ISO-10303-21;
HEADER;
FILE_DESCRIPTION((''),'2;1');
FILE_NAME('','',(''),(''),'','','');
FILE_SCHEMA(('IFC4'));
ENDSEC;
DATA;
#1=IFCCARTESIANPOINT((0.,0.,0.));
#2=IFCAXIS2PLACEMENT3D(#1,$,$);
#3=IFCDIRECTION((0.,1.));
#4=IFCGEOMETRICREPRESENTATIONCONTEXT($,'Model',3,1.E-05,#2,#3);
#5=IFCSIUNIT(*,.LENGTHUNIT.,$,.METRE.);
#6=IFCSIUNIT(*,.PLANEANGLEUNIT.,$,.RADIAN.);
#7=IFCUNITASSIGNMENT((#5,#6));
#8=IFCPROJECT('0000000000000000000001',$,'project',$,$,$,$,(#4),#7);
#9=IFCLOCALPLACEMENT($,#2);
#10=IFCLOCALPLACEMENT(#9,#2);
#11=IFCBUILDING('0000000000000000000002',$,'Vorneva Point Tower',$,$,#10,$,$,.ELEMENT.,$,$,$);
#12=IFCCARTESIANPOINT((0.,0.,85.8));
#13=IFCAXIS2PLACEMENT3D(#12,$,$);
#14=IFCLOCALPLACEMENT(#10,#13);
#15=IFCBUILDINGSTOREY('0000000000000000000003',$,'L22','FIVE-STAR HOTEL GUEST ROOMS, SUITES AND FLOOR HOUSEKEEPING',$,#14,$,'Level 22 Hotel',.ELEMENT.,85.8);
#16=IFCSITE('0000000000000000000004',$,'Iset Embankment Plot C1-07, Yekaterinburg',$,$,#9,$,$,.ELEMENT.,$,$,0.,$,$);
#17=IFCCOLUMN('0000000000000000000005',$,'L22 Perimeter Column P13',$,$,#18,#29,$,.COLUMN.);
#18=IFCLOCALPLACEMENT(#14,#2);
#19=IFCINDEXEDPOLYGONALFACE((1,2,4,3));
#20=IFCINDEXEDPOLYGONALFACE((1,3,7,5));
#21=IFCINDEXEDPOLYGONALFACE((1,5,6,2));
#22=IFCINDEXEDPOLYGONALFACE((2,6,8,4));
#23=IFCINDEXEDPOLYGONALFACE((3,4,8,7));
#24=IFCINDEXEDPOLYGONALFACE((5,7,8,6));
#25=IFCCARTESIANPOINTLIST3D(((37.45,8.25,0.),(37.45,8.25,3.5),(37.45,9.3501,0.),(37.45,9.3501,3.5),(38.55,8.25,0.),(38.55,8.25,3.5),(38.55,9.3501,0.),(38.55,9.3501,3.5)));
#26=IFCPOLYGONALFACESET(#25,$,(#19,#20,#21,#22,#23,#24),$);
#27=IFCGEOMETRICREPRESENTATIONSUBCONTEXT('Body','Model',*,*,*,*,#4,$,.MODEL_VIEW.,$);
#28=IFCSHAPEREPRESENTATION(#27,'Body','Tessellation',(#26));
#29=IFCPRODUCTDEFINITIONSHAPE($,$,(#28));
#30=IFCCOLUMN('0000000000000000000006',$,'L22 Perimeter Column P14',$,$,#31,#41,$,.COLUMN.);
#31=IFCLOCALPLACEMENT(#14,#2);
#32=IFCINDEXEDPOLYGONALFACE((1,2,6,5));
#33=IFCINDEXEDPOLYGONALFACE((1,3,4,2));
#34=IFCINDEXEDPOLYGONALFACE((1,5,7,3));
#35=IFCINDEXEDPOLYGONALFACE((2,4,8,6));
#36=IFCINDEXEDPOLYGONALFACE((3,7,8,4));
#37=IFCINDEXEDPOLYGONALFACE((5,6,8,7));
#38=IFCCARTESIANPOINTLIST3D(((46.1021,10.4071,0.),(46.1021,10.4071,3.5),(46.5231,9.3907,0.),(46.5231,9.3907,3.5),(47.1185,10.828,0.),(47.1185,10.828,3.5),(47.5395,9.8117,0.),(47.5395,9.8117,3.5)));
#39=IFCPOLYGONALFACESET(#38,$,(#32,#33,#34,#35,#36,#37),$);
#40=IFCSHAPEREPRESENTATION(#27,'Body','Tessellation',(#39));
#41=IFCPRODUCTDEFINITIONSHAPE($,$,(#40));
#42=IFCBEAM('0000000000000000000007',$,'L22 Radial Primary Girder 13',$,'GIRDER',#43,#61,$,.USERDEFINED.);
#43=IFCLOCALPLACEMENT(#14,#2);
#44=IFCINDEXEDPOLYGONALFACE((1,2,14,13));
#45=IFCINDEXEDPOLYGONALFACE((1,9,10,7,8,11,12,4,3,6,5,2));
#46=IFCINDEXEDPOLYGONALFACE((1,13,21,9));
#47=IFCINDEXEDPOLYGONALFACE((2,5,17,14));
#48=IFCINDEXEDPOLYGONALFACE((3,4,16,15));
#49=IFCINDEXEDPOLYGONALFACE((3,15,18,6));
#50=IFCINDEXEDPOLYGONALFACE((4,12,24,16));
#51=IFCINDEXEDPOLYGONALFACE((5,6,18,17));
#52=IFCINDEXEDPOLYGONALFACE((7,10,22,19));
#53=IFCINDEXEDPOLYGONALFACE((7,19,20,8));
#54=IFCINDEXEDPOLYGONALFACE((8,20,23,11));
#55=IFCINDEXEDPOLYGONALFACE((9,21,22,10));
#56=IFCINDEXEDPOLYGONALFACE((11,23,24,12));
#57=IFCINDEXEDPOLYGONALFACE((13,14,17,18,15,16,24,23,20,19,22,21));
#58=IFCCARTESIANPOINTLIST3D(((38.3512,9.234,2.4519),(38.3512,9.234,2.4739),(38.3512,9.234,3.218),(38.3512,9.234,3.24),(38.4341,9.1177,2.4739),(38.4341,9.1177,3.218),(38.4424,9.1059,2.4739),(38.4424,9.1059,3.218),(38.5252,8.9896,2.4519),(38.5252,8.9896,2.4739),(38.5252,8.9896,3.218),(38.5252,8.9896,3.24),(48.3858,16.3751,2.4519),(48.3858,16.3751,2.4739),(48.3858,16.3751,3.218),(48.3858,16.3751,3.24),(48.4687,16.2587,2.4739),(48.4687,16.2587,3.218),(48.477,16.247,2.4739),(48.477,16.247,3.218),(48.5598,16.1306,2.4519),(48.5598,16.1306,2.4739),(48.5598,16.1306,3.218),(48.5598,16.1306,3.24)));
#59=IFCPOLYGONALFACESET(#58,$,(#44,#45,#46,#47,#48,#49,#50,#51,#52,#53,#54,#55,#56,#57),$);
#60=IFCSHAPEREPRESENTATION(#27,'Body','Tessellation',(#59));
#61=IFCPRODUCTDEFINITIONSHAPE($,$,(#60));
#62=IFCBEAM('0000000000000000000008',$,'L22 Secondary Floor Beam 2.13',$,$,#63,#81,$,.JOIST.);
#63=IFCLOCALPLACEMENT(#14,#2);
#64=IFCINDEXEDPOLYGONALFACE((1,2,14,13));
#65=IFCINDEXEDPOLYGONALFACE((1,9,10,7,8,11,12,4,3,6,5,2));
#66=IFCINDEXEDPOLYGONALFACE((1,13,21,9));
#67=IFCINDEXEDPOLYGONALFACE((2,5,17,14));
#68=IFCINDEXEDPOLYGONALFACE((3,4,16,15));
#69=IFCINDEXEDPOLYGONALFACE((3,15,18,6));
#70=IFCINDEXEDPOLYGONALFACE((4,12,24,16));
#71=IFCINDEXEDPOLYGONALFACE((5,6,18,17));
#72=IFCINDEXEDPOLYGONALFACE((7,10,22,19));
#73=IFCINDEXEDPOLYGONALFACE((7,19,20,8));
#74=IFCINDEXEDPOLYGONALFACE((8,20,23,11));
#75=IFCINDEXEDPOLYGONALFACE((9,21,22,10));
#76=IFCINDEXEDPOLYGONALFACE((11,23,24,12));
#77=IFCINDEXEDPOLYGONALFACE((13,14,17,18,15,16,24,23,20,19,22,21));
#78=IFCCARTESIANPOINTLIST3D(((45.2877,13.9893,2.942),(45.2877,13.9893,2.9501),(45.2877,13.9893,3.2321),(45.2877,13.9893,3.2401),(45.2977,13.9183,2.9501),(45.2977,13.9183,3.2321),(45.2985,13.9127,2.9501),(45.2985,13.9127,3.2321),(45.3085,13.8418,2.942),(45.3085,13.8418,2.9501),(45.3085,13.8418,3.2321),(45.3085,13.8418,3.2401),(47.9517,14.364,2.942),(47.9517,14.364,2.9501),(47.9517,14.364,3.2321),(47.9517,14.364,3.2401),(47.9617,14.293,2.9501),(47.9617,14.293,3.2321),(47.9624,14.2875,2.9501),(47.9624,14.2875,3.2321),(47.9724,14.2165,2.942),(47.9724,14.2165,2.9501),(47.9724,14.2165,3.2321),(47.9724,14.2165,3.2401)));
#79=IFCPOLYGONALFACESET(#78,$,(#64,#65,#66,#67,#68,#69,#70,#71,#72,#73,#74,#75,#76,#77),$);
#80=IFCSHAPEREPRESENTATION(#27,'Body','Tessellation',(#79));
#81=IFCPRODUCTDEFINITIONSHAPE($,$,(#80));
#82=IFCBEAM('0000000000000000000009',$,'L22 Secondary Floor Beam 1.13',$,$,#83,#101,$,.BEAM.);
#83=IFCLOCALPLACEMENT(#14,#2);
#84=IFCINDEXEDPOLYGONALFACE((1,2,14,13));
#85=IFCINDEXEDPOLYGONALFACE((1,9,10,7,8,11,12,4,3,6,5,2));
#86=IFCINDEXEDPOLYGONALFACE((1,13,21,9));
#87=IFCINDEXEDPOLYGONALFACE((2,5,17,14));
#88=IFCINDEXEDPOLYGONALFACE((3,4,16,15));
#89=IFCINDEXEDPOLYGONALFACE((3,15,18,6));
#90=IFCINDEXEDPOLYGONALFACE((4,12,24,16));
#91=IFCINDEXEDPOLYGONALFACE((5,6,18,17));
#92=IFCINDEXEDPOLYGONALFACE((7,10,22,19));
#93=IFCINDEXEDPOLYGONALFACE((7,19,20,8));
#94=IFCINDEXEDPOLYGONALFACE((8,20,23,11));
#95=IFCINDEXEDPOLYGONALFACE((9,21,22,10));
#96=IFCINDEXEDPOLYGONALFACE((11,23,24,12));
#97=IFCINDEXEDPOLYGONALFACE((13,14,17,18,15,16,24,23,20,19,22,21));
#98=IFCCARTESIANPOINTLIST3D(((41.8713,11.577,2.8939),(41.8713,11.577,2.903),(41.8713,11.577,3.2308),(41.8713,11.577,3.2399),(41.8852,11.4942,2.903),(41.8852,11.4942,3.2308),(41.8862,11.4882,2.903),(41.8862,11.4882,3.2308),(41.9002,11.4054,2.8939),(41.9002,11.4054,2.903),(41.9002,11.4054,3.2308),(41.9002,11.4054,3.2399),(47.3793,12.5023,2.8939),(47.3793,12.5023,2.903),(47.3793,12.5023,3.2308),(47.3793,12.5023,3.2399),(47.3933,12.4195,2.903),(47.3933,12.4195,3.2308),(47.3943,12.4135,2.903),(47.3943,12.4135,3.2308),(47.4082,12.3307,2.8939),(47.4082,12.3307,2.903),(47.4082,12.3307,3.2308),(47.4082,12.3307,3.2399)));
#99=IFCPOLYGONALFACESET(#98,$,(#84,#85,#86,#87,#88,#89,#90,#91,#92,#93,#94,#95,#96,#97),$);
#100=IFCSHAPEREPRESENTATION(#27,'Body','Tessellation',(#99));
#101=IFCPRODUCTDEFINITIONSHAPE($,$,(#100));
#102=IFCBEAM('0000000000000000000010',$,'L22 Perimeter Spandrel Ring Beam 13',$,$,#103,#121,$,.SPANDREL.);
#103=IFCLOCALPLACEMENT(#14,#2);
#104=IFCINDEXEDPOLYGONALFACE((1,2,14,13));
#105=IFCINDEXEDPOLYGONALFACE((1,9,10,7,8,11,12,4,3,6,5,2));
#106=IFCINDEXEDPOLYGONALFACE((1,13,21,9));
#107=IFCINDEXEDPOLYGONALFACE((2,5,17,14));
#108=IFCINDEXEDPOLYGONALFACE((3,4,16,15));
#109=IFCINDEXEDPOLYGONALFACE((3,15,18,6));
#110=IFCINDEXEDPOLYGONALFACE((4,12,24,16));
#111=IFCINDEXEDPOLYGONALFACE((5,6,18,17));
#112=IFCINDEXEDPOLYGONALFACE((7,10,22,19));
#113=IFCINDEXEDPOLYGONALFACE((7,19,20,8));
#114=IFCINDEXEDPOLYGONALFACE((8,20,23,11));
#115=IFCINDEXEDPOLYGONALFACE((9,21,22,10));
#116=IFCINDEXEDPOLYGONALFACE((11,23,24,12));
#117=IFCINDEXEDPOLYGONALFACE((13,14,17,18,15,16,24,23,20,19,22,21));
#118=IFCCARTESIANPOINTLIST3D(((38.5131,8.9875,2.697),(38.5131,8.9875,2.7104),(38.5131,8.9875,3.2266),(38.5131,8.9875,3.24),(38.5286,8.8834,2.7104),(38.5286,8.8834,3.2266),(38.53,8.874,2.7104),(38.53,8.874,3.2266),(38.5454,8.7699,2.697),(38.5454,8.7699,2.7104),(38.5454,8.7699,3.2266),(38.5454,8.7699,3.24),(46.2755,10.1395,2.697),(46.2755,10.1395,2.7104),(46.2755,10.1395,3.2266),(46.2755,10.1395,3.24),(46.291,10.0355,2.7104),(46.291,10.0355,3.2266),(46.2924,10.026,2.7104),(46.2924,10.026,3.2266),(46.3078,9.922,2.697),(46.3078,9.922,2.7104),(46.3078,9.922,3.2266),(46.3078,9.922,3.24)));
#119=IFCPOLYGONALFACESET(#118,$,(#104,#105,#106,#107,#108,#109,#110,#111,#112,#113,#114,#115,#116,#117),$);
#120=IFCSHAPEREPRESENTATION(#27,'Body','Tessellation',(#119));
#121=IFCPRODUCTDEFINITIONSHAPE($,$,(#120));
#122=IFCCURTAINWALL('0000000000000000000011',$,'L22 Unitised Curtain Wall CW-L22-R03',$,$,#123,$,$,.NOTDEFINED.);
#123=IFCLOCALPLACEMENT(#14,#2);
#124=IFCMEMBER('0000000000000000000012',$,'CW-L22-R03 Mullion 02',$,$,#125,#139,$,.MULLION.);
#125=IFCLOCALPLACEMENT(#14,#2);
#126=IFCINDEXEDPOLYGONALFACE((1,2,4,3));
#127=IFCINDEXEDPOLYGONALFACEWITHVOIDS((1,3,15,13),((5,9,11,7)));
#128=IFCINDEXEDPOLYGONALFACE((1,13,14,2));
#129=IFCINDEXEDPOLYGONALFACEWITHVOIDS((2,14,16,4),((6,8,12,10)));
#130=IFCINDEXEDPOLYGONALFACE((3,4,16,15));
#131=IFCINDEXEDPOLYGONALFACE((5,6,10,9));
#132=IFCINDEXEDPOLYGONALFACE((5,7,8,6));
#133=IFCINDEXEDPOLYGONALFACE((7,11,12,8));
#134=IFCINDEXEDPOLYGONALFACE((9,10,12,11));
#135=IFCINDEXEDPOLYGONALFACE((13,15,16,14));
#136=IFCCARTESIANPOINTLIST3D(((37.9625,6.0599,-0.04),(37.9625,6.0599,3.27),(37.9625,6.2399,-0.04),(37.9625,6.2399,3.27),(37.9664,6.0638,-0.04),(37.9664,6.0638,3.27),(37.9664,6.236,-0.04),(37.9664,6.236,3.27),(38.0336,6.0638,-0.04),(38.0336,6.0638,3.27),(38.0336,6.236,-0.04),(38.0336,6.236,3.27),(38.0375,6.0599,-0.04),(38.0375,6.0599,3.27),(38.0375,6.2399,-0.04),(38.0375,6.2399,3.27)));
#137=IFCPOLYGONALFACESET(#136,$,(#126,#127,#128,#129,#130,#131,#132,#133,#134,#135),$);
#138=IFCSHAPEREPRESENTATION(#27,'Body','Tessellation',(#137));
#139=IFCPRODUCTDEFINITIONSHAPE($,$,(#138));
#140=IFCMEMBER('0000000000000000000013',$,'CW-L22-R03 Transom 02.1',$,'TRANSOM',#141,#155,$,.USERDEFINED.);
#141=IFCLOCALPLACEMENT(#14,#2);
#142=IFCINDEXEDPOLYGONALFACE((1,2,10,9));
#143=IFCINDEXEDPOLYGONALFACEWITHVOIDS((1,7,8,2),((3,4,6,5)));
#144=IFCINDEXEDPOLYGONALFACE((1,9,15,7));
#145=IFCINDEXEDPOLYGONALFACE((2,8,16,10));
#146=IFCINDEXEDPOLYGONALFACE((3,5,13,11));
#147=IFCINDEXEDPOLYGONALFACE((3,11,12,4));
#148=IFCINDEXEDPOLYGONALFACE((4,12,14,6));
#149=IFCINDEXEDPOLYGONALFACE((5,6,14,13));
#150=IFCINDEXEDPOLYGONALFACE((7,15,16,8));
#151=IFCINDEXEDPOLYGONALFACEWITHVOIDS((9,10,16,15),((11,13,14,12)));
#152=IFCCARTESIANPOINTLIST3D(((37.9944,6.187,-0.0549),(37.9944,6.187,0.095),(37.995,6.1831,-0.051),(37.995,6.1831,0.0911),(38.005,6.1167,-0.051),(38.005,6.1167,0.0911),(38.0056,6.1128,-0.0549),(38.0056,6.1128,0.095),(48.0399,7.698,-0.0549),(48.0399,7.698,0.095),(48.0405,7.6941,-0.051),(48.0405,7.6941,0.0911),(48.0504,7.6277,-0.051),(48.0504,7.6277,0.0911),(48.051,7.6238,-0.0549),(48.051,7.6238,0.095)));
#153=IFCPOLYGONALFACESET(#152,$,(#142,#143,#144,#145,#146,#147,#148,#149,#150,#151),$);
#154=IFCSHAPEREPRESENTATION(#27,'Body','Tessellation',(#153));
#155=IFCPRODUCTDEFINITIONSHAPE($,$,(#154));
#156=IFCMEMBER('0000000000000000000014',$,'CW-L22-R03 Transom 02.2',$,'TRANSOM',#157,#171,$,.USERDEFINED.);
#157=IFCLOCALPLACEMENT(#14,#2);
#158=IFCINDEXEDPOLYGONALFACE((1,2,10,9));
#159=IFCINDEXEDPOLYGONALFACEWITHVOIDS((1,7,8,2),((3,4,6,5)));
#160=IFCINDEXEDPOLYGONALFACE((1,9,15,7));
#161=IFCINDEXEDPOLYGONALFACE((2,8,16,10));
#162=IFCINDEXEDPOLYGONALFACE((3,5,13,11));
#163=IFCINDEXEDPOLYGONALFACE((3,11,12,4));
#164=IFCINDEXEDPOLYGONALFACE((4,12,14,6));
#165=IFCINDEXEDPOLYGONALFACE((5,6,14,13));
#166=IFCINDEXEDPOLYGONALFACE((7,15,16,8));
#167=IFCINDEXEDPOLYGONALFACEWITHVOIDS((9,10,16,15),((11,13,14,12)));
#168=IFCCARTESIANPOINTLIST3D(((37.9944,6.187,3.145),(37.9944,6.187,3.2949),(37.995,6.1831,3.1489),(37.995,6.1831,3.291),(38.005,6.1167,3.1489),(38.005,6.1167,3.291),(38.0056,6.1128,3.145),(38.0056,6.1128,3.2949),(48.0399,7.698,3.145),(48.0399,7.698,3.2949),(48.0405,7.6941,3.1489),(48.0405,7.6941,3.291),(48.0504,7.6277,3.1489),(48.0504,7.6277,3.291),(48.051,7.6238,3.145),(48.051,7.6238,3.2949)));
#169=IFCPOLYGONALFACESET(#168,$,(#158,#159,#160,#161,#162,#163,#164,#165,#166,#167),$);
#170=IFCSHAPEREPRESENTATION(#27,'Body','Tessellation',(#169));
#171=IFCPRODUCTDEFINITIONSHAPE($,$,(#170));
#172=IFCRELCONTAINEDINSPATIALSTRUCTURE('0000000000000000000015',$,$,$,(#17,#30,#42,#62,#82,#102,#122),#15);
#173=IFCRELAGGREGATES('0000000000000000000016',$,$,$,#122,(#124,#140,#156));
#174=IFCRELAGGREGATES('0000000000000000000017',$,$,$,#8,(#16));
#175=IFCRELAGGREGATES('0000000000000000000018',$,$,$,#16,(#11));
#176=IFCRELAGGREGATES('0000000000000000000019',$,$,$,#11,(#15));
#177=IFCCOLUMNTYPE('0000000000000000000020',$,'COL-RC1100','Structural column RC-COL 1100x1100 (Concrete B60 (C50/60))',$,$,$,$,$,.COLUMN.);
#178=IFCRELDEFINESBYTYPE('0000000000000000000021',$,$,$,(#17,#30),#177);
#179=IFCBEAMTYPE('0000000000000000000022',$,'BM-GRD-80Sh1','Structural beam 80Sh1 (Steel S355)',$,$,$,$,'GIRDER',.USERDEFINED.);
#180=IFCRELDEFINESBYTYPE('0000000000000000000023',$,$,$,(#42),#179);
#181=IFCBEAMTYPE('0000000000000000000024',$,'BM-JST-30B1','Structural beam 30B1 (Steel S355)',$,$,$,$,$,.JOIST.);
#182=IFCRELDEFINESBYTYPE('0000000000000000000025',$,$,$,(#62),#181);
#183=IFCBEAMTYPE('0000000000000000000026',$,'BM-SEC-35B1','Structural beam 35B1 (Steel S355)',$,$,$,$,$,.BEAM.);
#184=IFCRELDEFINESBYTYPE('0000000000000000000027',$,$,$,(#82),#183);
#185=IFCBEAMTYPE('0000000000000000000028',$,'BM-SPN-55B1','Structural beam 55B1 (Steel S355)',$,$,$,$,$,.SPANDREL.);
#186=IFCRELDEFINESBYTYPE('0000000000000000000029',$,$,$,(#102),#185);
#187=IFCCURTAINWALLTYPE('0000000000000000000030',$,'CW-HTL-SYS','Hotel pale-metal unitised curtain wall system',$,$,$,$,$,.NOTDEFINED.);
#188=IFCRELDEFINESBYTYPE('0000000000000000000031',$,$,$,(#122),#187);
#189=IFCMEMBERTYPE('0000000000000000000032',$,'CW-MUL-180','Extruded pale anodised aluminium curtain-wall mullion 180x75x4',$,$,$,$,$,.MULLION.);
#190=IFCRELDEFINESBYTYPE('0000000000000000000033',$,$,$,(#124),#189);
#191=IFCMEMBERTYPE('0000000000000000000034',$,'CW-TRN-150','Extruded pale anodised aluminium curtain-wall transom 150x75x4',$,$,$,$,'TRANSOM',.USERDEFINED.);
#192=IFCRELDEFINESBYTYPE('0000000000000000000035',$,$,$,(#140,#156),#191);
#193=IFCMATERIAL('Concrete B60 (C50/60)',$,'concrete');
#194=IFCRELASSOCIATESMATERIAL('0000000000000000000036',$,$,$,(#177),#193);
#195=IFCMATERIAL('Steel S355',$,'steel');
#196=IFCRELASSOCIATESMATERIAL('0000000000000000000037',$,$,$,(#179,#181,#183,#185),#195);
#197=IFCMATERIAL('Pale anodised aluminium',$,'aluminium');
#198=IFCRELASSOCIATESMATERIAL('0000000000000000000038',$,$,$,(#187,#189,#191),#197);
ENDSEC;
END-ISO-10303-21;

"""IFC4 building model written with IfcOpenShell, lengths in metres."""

from ifc_helpers import new_model, si_unit, direction, frame, origin, origin_2d, place, context, subcontext, project, spatial, rectangle, hollow_rectangle, i_section, extrude, material, material_profile, profile_set, type_object, element, aggregate, save


model = new_model("IFC4")

# Units and contexts
model_context = context("Model", 3, precision=1e-05, world=origin(), true_north=direction((0.0, 1.0)))
body_context = subcontext(model_context, "Body", "Model", "MODEL_VIEW")
ifc_project = project(units=[si_unit("LENGTHUNIT", "METRE"), si_unit("PLANEANGLEUNIT", "RADIAN")], contexts=[model_context])

# Site, building, storey
site_placement = place(None, origin())
site = spatial("IfcSite", under=ifc_project, at=site_placement, Name="Iset Embankment Plot C1-07, Yekaterinburg", CompositionType="ELEMENT", RefElevation=0.0)
building_placement = place(site_placement, origin())
building = spatial("IfcBuilding", under=site, at=building_placement, Name="Vorneva Point Tower", CompositionType="ELEMENT")
storey_placement = place(building_placement, frame((0.0, 0.0, 85.8)))
storey = spatial("IfcBuildingStorey", under=building, at=storey_placement, Name="L22", Description="FIVE-STAR HOTEL GUEST ROOMS, SUITES AND FLOOR HOUSEKEEPING", LongName="Level 22 Hotel", CompositionType="ELEMENT", Elevation=85.8)

# Columns
ifc_material_1 = material(Name="Concrete B60 (C50/60)", Category="concrete")
ifc_material_profile_1 = material_profile(ifc_material_1, rectangle(XDim=1.1001, YDim=1.1001, at=origin_2d()), Name="RC-COL 1100x1100")
ifc_profile_set_1 = profile_set([ifc_material_profile_1], Name="Concrete B60 (C50/60)")
column_type = type_object("IfcColumnType", Name="COL-RC1100", Description="Structural column RC-COL 1100x1100 (Concrete B60 (C50/60))", PredefinedType="COLUMN", material=ifc_profile_set_1)
for number, where, z_axis, x_axis, name in (
    (1, (38.0, 8.8, 0.0), (0.0, 0.0, 1.0), (0.0, -1.0, 0.0), "L22 Perimeter Column P13"),
    (2, (46.8208, 10.1094, 0.0), (0.0, 0.0, 1.0), (0.382683, -0.92388, 0.0), "L22 Perimeter Column P14"),
):
    element("IfcColumn", number, at=place(storey_placement, frame(where, z_axis=z_axis, x_axis=x_axis)), inside=storey, type_object=column_type, Name=name, PredefinedType="COLUMN", context=body_context, shape_type="SweptSolid", body=[
        extrude(rectangle(XDim=1.1001, YDim=1.1001, at=origin_2d()), origin(), (0.0, 0.0, 1.0), 3.5),
    ])

# Beams
ifc_material_2 = material(Name="Steel S355", Category="steel")
ifc_material_profile_2 = material_profile(ifc_material_2, i_section(OverallWidth=0.3, OverallDepth=0.7881, WebThickness=0.0144, FlangeThickness=0.022, at=origin_2d()), Name="80Sh1")
ifc_profile_set_2 = profile_set([ifc_material_profile_2], Name="Steel S355")
beam_type_1 = type_object("IfcBeamType", Name="BM-GRD-80Sh1", Description="Structural beam 80Sh1 (Steel S355)", ElementType="GIRDER", PredefinedType="USERDEFINED", material=ifc_profile_set_2)
beam_1_placement = place(storey_placement, frame((38.4382, 9.1118, 2.8459), z_axis=(0.81475, 0.579812, 0.0), x_axis=(-0.579812, 0.81475, 0.0)))
element("IfcBeam", 3, at=beam_1_placement, inside=storey, type_object=beam_type_1, Name="L22 Radial Primary Girder 13", ObjectType="GIRDER", PredefinedType="USERDEFINED", context=body_context, shape_type="SweptSolid", body=[
    extrude(i_section(OverallWidth=0.3, OverallDepth=0.7881, WebThickness=0.0144, FlangeThickness=0.022, at=origin_2d()), origin(), (0.0, 0.0, 1.0), 12.3162),
])
ifc_material_profile_3 = material_profile(ifc_material_2, i_section(OverallWidth=0.1489, OverallDepth=0.2981, WebThickness=0.0056, FlangeThickness=0.0081, at=origin_2d()), Name="30B1")
ifc_profile_set_3 = profile_set([ifc_material_profile_3], Name="Steel S355")
beam_type_2 = type_object("IfcBeamType", Name="BM-JST-30B1", Description="Structural beam 30B1 (Steel S355)", PredefinedType="JOIST", material=ifc_profile_set_3)
beam_2_placement = place(storey_placement, frame((45.2981, 13.9155, 3.0911), z_axis=(0.99025, 0.139299, 0.0), x_axis=(-0.139299, 0.99025, 0.0)))
element("IfcBeam", 4, at=beam_2_placement, inside=storey, type_object=beam_type_2, Name="L22 Secondary Floor Beam 2.13", PredefinedType="JOIST", context=body_context, shape_type="SweptSolid", body=[
    extrude(i_section(OverallWidth=0.1489, OverallDepth=0.2981, WebThickness=0.0056, FlangeThickness=0.0081, at=origin_2d()), origin(), (0.0, 0.0, 1.0), 2.6902),
])
ifc_material_profile_4 = material_profile(ifc_material_2, i_section(OverallWidth=0.1741, OverallDepth=0.3459, WebThickness=0.0061, FlangeThickness=0.009, at=origin_2d()), Name="35B1")
ifc_profile_set_4 = profile_set([ifc_material_profile_4], Name="Steel S355")
beam_type_3 = type_object("IfcBeamType", Name="BM-SEC-35B1", Description="Structural beam 35B1 (Steel S355)", PredefinedType="BEAM", material=ifc_profile_set_4)
beam_3_placement = place(storey_placement, frame((41.8857, 11.4912, 3.0669), z_axis=(0.986182, 0.165668, 0.0), x_axis=(-0.165668, 0.986182, 0.0)))
element("IfcBeam", 5, at=beam_3_placement, inside=storey, type_object=beam_type_3, Name="L22 Secondary Floor Beam 1.13", PredefinedType="BEAM", context=body_context, shape_type="SweptSolid", body=[
    extrude(i_section(OverallWidth=0.1741, OverallDepth=0.3459, WebThickness=0.0061, FlangeThickness=0.009, at=origin_2d()), origin(), (0.0, 0.0, 1.0), 5.5852),
])
ifc_material_profile_5 = material_profile(ifc_material_2, i_section(OverallWidth=0.22, OverallDepth=0.543, WebThickness=0.0095, FlangeThickness=0.0134, at=origin_2d()), Name="55B1")
ifc_profile_set_5 = profile_set([ifc_material_profile_5], Name="Steel S355")
beam_type_4 = type_object("IfcBeamType", Name="BM-SPN-55B1", Description="Structural beam 55B1 (Steel S355)", PredefinedType="SPANDREL", material=ifc_profile_set_5)
beam_4_placement = place(storey_placement, frame((38.5293, 8.8787, 2.9685), z_axis=(0.989165, 0.146811, 0.0), x_axis=(-0.146811, 0.989165, 0.0)))
element("IfcBeam", 6, at=beam_4_placement, inside=storey, type_object=beam_type_4, Name="L22 Perimeter Spandrel Ring Beam 13", PredefinedType="SPANDREL", context=body_context, shape_type="SweptSolid", body=[
    extrude(i_section(OverallWidth=0.22, OverallDepth=0.543, WebThickness=0.0095, FlangeThickness=0.0134, at=origin_2d()), origin(), (0.0, 0.0, 1.0), 7.8474),
])

# Curtain wall, members
ifc_material_3 = material(Name="Pale anodised aluminium", Category="aluminium")
curtain_wall_type = type_object("IfcCurtainWallType", Name="CW-HTL-SYS", Description="Hotel pale-metal unitised curtain wall system", PredefinedType="NOTDEFINED", material=ifc_material_3)
curtain_wall_placement = place(storey_placement, origin())
curtain_wall = element("IfcCurtainWall", 7, at=curtain_wall_placement, inside=storey, type_object=curtain_wall_type, Name="L22 Unitised Curtain Wall CW-L22-R03", PredefinedType="NOTDEFINED")
ifc_material_profile_6 = material_profile(ifc_material_3, hollow_rectangle(XDim=0.075, YDim=0.1799, WallThickness=0.0039, at=origin_2d()), Name="AL-MUL 180x75x4")
ifc_profile_set_6 = profile_set([ifc_material_profile_6], Name="Pale anodised aluminium")
member_type_1 = type_object("IfcMemberType", Name="CW-MUL-180", Description="Extruded pale anodised aluminium curtain-wall mullion 180x75x4", PredefinedType="MULLION", material=ifc_profile_set_6)
member_1_placement = place(storey_placement, frame((38.0, 6.1499, -0.04), z_axis=(0.0, 0.0, 1.0), x_axis=(1.0, 0.0, 0.0)))
member_1 = element("IfcMember", 8, at=member_1_placement, type_object=member_type_1, Name="CW-L22-R03 Mullion 02", PredefinedType="MULLION", context=body_context, shape_type="SweptSolid", body=[
    extrude(hollow_rectangle(XDim=0.075, YDim=0.1799, WallThickness=0.0039, at=origin_2d()), origin(), (0.0, 0.0, 1.0), 3.3101),
])
ifc_material_profile_7 = material_profile(ifc_material_3, hollow_rectangle(XDim=0.075, YDim=0.1499, WallThickness=0.0039, at=origin_2d()), Name="AL-TRN 150x75x4")
ifc_profile_set_7 = profile_set([ifc_material_profile_7], Name="Pale anodised aluminium")
member_type_2 = type_object("IfcMemberType", Name="CW-TRN-150", Description="Extruded pale anodised aluminium curtain-wall transom 150x75x4", ElementType="TRANSOM", PredefinedType="USERDEFINED", material=ifc_profile_set_7)
member_2_placement = place(storey_placement, frame((38.0, 6.1499, 0.02), z_axis=(0.988876, 0.148742, 0.0), x_axis=(-0.148742, 0.988876, 0.0)))
member_2 = element("IfcMember", 9, at=member_2_placement, type_object=member_type_2, Name="CW-L22-R03 Transom 02.1", ObjectType="TRANSOM", PredefinedType="USERDEFINED", context=body_context, shape_type="SweptSolid", body=[
    extrude(hollow_rectangle(XDim=0.075, YDim=0.1499, WallThickness=0.0039, at=origin_2d()), origin(), (0.0, 0.0, 1.0), 10.1584),
])
member_3_placement = place(storey_placement, frame((38.0, 6.1499, 3.22), z_axis=(0.988876, 0.148742, 0.0), x_axis=(-0.148742, 0.988876, 0.0)))
member_3 = element("IfcMember", 10, at=member_3_placement, type_object=member_type_2, Name="CW-L22-R03 Transom 02.2", ObjectType="TRANSOM", PredefinedType="USERDEFINED", context=body_context, shape_type="SweptSolid", body=[
    extrude(hollow_rectangle(XDim=0.075, YDim=0.1499, WallThickness=0.0039, at=origin_2d()), origin(), (0.0, 0.0, 1.0), 10.1584),
])
aggregate(curtain_wall, [member_1, member_2, member_3])

save(model, "model.ifc")
